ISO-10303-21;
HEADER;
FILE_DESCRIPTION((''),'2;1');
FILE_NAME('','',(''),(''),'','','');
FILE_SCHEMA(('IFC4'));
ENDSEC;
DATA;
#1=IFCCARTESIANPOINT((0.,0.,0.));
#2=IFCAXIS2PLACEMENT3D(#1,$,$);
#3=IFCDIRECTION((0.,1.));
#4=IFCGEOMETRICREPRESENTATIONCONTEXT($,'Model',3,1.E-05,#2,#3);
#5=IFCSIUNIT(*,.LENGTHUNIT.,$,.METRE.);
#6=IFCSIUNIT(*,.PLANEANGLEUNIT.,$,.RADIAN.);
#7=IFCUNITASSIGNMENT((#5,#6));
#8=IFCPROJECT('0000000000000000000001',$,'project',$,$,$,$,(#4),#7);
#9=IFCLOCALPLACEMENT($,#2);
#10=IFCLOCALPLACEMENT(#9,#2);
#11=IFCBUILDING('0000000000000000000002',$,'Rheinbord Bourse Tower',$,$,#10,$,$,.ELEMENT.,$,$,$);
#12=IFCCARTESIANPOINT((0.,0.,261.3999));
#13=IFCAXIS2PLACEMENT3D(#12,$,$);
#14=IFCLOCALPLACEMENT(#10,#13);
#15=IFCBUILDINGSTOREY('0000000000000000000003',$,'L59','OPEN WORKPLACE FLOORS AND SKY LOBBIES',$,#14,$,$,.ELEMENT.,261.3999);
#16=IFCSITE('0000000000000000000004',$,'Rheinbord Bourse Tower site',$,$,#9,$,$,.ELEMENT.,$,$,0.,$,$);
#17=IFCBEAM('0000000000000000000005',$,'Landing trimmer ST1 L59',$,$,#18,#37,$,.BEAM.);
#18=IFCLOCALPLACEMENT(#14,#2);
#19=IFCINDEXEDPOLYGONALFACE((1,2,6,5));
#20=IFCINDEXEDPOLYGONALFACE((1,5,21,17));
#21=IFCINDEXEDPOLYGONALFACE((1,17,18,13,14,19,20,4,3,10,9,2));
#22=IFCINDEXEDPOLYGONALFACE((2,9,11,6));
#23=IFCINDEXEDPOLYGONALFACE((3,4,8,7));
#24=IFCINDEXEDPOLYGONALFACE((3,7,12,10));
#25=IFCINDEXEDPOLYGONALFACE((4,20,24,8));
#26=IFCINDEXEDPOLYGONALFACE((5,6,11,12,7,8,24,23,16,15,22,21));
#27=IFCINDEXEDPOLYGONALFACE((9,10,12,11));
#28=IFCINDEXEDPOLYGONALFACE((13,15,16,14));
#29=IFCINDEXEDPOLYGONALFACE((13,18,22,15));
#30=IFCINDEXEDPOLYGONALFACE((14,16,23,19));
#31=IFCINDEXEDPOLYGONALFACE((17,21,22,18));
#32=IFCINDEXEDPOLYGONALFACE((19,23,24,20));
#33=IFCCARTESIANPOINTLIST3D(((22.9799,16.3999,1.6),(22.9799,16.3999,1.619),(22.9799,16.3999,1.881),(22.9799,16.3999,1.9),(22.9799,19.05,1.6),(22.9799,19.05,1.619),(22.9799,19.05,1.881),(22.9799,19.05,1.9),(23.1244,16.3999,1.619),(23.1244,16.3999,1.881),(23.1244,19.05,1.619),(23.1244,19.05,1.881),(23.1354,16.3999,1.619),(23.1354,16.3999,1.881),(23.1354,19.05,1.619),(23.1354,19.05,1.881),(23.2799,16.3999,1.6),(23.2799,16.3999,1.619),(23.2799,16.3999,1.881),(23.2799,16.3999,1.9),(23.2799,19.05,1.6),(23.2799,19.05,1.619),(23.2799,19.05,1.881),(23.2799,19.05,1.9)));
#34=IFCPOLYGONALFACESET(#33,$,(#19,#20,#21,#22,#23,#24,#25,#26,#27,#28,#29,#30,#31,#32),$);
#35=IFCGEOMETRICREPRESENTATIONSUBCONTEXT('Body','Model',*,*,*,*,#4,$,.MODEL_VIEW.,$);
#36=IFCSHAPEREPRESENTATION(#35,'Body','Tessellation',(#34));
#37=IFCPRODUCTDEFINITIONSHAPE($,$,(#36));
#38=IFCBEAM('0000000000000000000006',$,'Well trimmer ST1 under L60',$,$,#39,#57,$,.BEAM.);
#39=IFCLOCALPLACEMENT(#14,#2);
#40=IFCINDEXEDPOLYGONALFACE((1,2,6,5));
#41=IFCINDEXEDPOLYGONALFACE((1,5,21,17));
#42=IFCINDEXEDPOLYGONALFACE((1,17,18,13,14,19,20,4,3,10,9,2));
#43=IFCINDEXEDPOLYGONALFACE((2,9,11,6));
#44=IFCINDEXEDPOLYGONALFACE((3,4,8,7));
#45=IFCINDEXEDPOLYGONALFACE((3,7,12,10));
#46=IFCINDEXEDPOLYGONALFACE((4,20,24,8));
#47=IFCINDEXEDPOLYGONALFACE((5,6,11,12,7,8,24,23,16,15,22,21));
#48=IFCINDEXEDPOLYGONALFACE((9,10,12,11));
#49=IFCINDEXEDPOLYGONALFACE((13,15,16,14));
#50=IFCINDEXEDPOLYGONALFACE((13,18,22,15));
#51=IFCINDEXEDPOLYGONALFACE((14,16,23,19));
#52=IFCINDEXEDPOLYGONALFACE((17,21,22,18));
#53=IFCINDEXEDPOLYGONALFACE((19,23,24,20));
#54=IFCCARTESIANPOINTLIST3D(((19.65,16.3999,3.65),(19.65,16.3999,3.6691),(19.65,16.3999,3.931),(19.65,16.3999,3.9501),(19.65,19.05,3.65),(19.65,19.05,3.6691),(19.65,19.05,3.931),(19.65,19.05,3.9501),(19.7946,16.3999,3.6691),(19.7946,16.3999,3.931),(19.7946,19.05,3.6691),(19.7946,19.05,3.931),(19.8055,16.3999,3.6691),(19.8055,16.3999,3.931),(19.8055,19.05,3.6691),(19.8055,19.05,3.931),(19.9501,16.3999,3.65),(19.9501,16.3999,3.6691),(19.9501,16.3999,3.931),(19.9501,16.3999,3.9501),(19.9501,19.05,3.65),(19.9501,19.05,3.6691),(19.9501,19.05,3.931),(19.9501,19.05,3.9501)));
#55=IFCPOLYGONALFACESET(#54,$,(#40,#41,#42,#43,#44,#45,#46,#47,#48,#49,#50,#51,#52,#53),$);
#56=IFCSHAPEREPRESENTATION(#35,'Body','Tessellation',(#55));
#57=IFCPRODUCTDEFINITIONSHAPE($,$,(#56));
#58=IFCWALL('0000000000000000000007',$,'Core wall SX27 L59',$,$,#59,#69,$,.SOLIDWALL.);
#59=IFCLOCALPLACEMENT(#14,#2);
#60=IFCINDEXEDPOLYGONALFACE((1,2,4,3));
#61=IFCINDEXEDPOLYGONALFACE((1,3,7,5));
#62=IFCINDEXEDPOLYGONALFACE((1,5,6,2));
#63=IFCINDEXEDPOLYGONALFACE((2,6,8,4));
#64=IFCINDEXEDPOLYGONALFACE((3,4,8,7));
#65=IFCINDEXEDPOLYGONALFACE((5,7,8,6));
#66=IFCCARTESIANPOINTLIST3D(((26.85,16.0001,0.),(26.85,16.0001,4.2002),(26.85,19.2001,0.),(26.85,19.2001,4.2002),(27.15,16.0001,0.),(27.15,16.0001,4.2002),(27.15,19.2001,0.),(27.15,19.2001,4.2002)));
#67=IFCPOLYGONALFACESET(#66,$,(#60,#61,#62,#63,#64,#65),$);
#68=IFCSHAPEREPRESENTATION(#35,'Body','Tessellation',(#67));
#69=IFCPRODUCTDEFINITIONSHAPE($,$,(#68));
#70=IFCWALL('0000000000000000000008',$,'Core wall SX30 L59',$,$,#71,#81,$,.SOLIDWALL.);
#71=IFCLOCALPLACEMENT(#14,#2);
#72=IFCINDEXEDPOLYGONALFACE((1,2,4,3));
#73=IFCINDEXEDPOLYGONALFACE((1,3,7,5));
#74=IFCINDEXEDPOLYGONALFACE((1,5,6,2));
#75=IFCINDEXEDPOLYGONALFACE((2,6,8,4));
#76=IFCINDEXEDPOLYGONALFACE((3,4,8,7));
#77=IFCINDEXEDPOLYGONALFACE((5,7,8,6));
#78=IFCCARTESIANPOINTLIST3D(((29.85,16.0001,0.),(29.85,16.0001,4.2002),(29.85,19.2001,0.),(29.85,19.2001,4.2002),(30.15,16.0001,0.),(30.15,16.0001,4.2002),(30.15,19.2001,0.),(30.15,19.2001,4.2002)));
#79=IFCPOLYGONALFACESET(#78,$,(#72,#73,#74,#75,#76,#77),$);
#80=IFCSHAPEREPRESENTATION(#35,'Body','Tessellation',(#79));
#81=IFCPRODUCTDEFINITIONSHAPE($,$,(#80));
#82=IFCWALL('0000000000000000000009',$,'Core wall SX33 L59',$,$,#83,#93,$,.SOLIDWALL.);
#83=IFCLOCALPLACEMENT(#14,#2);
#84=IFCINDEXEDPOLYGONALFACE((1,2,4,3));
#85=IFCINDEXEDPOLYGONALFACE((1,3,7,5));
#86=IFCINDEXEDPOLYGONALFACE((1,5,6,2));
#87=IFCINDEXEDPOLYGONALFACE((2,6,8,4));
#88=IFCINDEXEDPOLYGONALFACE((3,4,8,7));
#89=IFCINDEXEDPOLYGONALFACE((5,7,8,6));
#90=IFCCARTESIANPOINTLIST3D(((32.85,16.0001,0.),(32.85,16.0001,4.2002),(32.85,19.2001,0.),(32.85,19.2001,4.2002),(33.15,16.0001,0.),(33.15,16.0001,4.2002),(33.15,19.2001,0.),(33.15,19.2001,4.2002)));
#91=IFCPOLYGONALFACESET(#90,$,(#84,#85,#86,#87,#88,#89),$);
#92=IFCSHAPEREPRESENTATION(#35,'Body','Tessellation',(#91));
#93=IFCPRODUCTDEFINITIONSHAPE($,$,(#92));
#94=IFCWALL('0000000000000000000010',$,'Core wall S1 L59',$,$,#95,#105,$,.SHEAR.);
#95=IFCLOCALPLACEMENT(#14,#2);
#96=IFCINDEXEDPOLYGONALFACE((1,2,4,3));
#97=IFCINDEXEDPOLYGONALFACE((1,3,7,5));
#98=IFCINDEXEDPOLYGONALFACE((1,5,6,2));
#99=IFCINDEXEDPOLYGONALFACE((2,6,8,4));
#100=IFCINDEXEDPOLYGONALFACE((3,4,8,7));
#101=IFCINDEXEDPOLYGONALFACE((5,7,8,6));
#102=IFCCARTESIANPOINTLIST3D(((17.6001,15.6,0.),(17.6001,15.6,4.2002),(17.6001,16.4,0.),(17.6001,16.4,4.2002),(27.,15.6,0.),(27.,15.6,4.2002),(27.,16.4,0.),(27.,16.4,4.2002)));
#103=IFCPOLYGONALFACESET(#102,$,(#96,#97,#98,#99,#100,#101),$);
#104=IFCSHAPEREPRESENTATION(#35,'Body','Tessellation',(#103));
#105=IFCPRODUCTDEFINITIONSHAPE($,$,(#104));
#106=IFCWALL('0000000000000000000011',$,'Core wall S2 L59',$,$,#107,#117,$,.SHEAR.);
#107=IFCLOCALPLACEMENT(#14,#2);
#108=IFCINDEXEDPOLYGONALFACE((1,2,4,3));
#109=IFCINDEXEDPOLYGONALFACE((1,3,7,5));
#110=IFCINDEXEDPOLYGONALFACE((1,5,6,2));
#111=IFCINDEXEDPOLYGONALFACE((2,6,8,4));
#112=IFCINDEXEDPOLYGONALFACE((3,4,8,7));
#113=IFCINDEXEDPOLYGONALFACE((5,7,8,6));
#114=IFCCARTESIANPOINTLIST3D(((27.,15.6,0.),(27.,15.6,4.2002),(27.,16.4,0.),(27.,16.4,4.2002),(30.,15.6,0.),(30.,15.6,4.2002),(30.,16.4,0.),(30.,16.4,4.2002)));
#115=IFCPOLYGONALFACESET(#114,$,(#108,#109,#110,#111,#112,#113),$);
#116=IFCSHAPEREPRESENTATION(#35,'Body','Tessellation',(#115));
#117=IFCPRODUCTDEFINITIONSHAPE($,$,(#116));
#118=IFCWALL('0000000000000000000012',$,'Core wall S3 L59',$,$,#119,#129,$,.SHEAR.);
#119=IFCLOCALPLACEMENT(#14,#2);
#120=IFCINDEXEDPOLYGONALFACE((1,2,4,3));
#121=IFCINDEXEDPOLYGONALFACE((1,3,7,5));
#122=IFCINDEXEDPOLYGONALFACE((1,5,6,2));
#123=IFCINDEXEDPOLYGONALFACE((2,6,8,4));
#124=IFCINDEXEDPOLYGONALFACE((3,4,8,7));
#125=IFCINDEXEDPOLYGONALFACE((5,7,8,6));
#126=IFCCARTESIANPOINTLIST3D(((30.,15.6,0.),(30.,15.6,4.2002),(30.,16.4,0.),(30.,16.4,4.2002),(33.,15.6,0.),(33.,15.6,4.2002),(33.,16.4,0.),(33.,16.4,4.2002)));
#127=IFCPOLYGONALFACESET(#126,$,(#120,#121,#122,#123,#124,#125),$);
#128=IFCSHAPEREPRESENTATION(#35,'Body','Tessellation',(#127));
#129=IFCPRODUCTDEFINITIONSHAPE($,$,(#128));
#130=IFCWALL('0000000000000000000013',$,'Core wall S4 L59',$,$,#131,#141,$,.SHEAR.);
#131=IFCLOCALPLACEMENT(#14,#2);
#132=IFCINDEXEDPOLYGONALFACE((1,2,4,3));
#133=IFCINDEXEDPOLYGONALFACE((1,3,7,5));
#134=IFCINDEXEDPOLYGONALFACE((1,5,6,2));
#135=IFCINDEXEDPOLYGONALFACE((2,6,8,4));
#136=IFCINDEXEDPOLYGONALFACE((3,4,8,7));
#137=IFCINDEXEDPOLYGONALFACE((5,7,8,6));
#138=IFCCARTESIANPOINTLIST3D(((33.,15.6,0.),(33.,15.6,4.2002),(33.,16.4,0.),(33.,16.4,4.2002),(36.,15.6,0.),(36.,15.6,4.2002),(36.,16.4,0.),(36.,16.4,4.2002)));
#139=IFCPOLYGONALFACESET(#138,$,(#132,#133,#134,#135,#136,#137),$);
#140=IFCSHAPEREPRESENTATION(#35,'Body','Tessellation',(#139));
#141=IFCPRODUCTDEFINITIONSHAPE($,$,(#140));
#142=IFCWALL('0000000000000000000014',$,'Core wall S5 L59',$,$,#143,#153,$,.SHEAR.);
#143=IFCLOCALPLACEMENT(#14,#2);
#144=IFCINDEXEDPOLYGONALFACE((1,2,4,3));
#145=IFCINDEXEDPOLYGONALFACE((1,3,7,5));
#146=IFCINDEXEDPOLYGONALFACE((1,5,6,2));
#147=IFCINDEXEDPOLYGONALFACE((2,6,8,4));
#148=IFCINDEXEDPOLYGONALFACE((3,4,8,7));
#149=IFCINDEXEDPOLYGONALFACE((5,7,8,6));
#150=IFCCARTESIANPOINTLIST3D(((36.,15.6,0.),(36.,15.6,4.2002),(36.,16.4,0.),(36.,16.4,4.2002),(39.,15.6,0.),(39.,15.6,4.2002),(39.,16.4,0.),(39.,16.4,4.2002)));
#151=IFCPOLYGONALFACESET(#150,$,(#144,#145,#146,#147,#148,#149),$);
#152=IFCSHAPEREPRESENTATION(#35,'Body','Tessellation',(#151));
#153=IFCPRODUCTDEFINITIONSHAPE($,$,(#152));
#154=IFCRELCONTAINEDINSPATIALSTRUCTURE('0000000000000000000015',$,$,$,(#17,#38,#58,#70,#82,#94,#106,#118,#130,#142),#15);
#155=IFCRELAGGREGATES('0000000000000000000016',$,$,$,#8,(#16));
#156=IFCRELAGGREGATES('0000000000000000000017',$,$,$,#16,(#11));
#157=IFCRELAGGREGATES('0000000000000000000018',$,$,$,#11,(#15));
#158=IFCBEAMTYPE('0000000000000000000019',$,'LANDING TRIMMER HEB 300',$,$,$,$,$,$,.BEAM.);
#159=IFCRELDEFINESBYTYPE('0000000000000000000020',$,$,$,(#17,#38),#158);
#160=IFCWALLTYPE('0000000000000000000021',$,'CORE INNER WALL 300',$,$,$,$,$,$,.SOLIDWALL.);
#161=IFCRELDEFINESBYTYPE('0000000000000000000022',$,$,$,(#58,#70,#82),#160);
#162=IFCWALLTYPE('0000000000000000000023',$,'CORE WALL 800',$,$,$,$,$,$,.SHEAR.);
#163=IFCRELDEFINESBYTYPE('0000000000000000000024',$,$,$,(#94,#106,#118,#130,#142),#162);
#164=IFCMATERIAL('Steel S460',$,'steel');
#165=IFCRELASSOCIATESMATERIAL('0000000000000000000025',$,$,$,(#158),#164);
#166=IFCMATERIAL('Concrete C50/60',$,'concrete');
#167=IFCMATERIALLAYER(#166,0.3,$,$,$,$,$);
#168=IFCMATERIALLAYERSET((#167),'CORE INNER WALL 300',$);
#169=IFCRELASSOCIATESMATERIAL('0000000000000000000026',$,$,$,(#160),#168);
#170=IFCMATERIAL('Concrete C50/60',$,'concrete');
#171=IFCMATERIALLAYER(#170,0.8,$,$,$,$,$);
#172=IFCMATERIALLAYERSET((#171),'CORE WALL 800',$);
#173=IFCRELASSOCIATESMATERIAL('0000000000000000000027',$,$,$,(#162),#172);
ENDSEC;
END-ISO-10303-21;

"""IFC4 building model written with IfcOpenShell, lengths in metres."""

from ifc_helpers import new_model, si_unit, direction, frame, frame_2d, origin, origin_2d, place, context, subcontext, project, spatial, rectangle, i_section, extrude, material, layer, layer_set, material_profile, profile_set, type_object, element, save


model = new_model("IFC4")

# Units and contexts
model_context = context("Model", 3, precision=1e-05, world=origin(), true_north=direction((0.0, 1.0)))
body_context = subcontext(model_context, "Body", "Model", "MODEL_VIEW")
ifc_project = project(units=[si_unit("LENGTHUNIT", "METRE"), si_unit("PLANEANGLEUNIT", "RADIAN")], contexts=[model_context])

# Site, building, storey
site_placement = place(None, origin())
site = spatial("IfcSite", under=ifc_project, at=site_placement, Name="Rheinbord Bourse Tower site", CompositionType="ELEMENT", RefElevation=0.0)
building_placement = place(site_placement, origin())
building = spatial("IfcBuilding", under=site, at=building_placement, Name="Rheinbord Bourse Tower", CompositionType="ELEMENT")
storey_placement = place(building_placement, frame((0.0, 0.0, 261.3999)))
storey = spatial("IfcBuildingStorey", under=building, at=storey_placement, Name="L59", Description="OPEN WORKPLACE FLOORS AND SKY LOBBIES", CompositionType="ELEMENT", Elevation=261.3999)

# Beams
ifc_material_1 = material(Name="Steel S460", Category="steel")
ifc_material_profile = material_profile(ifc_material_1, i_section(OverallWidth=0.3, OverallDepth=0.3, WebThickness=0.011, FlangeThickness=0.019, at=origin_2d()), Name="HEB 300")
ifc_profile_set = profile_set([ifc_material_profile], Name="Steel S460")
beam_type = type_object("IfcBeamType", Name="LANDING TRIMMER HEB 300", PredefinedType="BEAM", material=ifc_profile_set)
for number, where, z_axis, x_axis, name in (
    (1, (23.1299, 16.3999, 1.75), (0.0, 1.0, 0.0), (-1.0, 0.0, 0.0), "Landing trimmer ST1 L59"),
    (2, (19.8, 16.3999, 3.8), (0.0, 1.0, 0.0), (-1.0, 0.0, 0.0), "Well trimmer ST1 under L60"),
):
    element("IfcBeam", number, at=place(storey_placement, frame(where, z_axis=z_axis, x_axis=x_axis)), inside=storey, type_object=beam_type, Name=name, PredefinedType="BEAM", context=body_context, shape_type="SweptSolid", body=[
        extrude(i_section(OverallWidth=0.3, OverallDepth=0.3, WebThickness=0.011, FlangeThickness=0.019, at=origin_2d()), origin(), (0.0, 0.0, 1.0), 2.6501),
    ])

# Walls
ifc_material_2 = material(Name="Concrete C50/60", Category="concrete")
ifc_layer_1 = layer(ifc_material_2, 0.3)
ifc_layer_set_1 = layer_set([ifc_layer_1], Name="CORE INNER WALL 300")
wall_type_1 = type_object("IfcWallType", Name="CORE INNER WALL 300", PredefinedType="SOLIDWALL", material=ifc_layer_set_1)
for number, where, z_axis, x_axis, name in (
    (3, (27.0, 16.0, 0.0), (0.0, 0.0, 1.0), (0.0, 1.0, 0.0), "Core wall SX27 L59"),
    (4, (30.0, 16.0, 0.0), (0.0, 0.0, 1.0), (0.0, 1.0, 0.0), "Core wall SX30 L59"),
    (5, (33.0, 16.0, 0.0), (0.0, 0.0, 1.0), (0.0, 1.0, 0.0), "Core wall SX33 L59"),
):
    element("IfcWall", number, at=place(storey_placement, frame(where, z_axis=z_axis, x_axis=x_axis)), inside=storey, type_object=wall_type_1, Name=name, PredefinedType="SOLIDWALL", context=body_context, shape_type="SweptSolid", body=[
        extrude(rectangle(XDim=3.2, YDim=0.3, at=frame_2d((1.6001, 0.0))), origin(), (0.0, 0.0, 1.0), 4.2002),
    ])
ifc_material_3 = material(Name="Concrete C50/60", Category="concrete")
ifc_layer_2 = layer(ifc_material_3, 0.8)
ifc_layer_set_2 = layer_set([ifc_layer_2], Name="CORE WALL 800")
wall_type_2 = type_object("IfcWallType", Name="CORE WALL 800", PredefinedType="SHEAR", material=ifc_layer_set_2)
wall_1_placement = place(storey_placement, frame((17.6001, 16.0, 0.0), z_axis=(0.0, 0.0, 1.0), x_axis=(1.0, 0.0, 0.0)))
element("IfcWall", 6, at=wall_1_placement, inside=storey, type_object=wall_type_2, Name="Core wall S1 L59", PredefinedType="SHEAR", context=body_context, shape_type="SweptSolid", body=[
    extrude(rectangle(XDim=9.3999, YDim=0.8, at=frame_2d((4.7, 0.0))), origin(), (0.0, 0.0, 1.0), 4.2002),
])
for number, where, z_axis, x_axis, name in (
    (7, (27.0, 16.0, 0.0), (0.0, 0.0, 1.0), (1.0, 0.0, 0.0), "Core wall S2 L59"),
    (8, (30.0, 16.0, 0.0), (0.0, 0.0, 1.0), (1.0, 0.0, 0.0), "Core wall S3 L59"),
    (9, (33.0, 16.0, 0.0), (0.0, 0.0, 1.0), (1.0, 0.0, 0.0), "Core wall S4 L59"),
    (10, (36.0, 16.0, 0.0), (0.0, 0.0, 1.0), (1.0, 0.0, 0.0), "Core wall S5 L59"),
):
    element("IfcWall", number, at=place(storey_placement, frame(where, z_axis=z_axis, x_axis=x_axis)), inside=storey, type_object=wall_type_2, Name=name, PredefinedType="SHEAR", context=body_context, shape_type="SweptSolid", body=[
        extrude(rectangle(XDim=3.0, YDim=0.8, at=frame_2d((1.5, 0.0))), origin(), (0.0, 0.0, 1.0), 4.2002),
    ])

save(model, "model.ifc")
